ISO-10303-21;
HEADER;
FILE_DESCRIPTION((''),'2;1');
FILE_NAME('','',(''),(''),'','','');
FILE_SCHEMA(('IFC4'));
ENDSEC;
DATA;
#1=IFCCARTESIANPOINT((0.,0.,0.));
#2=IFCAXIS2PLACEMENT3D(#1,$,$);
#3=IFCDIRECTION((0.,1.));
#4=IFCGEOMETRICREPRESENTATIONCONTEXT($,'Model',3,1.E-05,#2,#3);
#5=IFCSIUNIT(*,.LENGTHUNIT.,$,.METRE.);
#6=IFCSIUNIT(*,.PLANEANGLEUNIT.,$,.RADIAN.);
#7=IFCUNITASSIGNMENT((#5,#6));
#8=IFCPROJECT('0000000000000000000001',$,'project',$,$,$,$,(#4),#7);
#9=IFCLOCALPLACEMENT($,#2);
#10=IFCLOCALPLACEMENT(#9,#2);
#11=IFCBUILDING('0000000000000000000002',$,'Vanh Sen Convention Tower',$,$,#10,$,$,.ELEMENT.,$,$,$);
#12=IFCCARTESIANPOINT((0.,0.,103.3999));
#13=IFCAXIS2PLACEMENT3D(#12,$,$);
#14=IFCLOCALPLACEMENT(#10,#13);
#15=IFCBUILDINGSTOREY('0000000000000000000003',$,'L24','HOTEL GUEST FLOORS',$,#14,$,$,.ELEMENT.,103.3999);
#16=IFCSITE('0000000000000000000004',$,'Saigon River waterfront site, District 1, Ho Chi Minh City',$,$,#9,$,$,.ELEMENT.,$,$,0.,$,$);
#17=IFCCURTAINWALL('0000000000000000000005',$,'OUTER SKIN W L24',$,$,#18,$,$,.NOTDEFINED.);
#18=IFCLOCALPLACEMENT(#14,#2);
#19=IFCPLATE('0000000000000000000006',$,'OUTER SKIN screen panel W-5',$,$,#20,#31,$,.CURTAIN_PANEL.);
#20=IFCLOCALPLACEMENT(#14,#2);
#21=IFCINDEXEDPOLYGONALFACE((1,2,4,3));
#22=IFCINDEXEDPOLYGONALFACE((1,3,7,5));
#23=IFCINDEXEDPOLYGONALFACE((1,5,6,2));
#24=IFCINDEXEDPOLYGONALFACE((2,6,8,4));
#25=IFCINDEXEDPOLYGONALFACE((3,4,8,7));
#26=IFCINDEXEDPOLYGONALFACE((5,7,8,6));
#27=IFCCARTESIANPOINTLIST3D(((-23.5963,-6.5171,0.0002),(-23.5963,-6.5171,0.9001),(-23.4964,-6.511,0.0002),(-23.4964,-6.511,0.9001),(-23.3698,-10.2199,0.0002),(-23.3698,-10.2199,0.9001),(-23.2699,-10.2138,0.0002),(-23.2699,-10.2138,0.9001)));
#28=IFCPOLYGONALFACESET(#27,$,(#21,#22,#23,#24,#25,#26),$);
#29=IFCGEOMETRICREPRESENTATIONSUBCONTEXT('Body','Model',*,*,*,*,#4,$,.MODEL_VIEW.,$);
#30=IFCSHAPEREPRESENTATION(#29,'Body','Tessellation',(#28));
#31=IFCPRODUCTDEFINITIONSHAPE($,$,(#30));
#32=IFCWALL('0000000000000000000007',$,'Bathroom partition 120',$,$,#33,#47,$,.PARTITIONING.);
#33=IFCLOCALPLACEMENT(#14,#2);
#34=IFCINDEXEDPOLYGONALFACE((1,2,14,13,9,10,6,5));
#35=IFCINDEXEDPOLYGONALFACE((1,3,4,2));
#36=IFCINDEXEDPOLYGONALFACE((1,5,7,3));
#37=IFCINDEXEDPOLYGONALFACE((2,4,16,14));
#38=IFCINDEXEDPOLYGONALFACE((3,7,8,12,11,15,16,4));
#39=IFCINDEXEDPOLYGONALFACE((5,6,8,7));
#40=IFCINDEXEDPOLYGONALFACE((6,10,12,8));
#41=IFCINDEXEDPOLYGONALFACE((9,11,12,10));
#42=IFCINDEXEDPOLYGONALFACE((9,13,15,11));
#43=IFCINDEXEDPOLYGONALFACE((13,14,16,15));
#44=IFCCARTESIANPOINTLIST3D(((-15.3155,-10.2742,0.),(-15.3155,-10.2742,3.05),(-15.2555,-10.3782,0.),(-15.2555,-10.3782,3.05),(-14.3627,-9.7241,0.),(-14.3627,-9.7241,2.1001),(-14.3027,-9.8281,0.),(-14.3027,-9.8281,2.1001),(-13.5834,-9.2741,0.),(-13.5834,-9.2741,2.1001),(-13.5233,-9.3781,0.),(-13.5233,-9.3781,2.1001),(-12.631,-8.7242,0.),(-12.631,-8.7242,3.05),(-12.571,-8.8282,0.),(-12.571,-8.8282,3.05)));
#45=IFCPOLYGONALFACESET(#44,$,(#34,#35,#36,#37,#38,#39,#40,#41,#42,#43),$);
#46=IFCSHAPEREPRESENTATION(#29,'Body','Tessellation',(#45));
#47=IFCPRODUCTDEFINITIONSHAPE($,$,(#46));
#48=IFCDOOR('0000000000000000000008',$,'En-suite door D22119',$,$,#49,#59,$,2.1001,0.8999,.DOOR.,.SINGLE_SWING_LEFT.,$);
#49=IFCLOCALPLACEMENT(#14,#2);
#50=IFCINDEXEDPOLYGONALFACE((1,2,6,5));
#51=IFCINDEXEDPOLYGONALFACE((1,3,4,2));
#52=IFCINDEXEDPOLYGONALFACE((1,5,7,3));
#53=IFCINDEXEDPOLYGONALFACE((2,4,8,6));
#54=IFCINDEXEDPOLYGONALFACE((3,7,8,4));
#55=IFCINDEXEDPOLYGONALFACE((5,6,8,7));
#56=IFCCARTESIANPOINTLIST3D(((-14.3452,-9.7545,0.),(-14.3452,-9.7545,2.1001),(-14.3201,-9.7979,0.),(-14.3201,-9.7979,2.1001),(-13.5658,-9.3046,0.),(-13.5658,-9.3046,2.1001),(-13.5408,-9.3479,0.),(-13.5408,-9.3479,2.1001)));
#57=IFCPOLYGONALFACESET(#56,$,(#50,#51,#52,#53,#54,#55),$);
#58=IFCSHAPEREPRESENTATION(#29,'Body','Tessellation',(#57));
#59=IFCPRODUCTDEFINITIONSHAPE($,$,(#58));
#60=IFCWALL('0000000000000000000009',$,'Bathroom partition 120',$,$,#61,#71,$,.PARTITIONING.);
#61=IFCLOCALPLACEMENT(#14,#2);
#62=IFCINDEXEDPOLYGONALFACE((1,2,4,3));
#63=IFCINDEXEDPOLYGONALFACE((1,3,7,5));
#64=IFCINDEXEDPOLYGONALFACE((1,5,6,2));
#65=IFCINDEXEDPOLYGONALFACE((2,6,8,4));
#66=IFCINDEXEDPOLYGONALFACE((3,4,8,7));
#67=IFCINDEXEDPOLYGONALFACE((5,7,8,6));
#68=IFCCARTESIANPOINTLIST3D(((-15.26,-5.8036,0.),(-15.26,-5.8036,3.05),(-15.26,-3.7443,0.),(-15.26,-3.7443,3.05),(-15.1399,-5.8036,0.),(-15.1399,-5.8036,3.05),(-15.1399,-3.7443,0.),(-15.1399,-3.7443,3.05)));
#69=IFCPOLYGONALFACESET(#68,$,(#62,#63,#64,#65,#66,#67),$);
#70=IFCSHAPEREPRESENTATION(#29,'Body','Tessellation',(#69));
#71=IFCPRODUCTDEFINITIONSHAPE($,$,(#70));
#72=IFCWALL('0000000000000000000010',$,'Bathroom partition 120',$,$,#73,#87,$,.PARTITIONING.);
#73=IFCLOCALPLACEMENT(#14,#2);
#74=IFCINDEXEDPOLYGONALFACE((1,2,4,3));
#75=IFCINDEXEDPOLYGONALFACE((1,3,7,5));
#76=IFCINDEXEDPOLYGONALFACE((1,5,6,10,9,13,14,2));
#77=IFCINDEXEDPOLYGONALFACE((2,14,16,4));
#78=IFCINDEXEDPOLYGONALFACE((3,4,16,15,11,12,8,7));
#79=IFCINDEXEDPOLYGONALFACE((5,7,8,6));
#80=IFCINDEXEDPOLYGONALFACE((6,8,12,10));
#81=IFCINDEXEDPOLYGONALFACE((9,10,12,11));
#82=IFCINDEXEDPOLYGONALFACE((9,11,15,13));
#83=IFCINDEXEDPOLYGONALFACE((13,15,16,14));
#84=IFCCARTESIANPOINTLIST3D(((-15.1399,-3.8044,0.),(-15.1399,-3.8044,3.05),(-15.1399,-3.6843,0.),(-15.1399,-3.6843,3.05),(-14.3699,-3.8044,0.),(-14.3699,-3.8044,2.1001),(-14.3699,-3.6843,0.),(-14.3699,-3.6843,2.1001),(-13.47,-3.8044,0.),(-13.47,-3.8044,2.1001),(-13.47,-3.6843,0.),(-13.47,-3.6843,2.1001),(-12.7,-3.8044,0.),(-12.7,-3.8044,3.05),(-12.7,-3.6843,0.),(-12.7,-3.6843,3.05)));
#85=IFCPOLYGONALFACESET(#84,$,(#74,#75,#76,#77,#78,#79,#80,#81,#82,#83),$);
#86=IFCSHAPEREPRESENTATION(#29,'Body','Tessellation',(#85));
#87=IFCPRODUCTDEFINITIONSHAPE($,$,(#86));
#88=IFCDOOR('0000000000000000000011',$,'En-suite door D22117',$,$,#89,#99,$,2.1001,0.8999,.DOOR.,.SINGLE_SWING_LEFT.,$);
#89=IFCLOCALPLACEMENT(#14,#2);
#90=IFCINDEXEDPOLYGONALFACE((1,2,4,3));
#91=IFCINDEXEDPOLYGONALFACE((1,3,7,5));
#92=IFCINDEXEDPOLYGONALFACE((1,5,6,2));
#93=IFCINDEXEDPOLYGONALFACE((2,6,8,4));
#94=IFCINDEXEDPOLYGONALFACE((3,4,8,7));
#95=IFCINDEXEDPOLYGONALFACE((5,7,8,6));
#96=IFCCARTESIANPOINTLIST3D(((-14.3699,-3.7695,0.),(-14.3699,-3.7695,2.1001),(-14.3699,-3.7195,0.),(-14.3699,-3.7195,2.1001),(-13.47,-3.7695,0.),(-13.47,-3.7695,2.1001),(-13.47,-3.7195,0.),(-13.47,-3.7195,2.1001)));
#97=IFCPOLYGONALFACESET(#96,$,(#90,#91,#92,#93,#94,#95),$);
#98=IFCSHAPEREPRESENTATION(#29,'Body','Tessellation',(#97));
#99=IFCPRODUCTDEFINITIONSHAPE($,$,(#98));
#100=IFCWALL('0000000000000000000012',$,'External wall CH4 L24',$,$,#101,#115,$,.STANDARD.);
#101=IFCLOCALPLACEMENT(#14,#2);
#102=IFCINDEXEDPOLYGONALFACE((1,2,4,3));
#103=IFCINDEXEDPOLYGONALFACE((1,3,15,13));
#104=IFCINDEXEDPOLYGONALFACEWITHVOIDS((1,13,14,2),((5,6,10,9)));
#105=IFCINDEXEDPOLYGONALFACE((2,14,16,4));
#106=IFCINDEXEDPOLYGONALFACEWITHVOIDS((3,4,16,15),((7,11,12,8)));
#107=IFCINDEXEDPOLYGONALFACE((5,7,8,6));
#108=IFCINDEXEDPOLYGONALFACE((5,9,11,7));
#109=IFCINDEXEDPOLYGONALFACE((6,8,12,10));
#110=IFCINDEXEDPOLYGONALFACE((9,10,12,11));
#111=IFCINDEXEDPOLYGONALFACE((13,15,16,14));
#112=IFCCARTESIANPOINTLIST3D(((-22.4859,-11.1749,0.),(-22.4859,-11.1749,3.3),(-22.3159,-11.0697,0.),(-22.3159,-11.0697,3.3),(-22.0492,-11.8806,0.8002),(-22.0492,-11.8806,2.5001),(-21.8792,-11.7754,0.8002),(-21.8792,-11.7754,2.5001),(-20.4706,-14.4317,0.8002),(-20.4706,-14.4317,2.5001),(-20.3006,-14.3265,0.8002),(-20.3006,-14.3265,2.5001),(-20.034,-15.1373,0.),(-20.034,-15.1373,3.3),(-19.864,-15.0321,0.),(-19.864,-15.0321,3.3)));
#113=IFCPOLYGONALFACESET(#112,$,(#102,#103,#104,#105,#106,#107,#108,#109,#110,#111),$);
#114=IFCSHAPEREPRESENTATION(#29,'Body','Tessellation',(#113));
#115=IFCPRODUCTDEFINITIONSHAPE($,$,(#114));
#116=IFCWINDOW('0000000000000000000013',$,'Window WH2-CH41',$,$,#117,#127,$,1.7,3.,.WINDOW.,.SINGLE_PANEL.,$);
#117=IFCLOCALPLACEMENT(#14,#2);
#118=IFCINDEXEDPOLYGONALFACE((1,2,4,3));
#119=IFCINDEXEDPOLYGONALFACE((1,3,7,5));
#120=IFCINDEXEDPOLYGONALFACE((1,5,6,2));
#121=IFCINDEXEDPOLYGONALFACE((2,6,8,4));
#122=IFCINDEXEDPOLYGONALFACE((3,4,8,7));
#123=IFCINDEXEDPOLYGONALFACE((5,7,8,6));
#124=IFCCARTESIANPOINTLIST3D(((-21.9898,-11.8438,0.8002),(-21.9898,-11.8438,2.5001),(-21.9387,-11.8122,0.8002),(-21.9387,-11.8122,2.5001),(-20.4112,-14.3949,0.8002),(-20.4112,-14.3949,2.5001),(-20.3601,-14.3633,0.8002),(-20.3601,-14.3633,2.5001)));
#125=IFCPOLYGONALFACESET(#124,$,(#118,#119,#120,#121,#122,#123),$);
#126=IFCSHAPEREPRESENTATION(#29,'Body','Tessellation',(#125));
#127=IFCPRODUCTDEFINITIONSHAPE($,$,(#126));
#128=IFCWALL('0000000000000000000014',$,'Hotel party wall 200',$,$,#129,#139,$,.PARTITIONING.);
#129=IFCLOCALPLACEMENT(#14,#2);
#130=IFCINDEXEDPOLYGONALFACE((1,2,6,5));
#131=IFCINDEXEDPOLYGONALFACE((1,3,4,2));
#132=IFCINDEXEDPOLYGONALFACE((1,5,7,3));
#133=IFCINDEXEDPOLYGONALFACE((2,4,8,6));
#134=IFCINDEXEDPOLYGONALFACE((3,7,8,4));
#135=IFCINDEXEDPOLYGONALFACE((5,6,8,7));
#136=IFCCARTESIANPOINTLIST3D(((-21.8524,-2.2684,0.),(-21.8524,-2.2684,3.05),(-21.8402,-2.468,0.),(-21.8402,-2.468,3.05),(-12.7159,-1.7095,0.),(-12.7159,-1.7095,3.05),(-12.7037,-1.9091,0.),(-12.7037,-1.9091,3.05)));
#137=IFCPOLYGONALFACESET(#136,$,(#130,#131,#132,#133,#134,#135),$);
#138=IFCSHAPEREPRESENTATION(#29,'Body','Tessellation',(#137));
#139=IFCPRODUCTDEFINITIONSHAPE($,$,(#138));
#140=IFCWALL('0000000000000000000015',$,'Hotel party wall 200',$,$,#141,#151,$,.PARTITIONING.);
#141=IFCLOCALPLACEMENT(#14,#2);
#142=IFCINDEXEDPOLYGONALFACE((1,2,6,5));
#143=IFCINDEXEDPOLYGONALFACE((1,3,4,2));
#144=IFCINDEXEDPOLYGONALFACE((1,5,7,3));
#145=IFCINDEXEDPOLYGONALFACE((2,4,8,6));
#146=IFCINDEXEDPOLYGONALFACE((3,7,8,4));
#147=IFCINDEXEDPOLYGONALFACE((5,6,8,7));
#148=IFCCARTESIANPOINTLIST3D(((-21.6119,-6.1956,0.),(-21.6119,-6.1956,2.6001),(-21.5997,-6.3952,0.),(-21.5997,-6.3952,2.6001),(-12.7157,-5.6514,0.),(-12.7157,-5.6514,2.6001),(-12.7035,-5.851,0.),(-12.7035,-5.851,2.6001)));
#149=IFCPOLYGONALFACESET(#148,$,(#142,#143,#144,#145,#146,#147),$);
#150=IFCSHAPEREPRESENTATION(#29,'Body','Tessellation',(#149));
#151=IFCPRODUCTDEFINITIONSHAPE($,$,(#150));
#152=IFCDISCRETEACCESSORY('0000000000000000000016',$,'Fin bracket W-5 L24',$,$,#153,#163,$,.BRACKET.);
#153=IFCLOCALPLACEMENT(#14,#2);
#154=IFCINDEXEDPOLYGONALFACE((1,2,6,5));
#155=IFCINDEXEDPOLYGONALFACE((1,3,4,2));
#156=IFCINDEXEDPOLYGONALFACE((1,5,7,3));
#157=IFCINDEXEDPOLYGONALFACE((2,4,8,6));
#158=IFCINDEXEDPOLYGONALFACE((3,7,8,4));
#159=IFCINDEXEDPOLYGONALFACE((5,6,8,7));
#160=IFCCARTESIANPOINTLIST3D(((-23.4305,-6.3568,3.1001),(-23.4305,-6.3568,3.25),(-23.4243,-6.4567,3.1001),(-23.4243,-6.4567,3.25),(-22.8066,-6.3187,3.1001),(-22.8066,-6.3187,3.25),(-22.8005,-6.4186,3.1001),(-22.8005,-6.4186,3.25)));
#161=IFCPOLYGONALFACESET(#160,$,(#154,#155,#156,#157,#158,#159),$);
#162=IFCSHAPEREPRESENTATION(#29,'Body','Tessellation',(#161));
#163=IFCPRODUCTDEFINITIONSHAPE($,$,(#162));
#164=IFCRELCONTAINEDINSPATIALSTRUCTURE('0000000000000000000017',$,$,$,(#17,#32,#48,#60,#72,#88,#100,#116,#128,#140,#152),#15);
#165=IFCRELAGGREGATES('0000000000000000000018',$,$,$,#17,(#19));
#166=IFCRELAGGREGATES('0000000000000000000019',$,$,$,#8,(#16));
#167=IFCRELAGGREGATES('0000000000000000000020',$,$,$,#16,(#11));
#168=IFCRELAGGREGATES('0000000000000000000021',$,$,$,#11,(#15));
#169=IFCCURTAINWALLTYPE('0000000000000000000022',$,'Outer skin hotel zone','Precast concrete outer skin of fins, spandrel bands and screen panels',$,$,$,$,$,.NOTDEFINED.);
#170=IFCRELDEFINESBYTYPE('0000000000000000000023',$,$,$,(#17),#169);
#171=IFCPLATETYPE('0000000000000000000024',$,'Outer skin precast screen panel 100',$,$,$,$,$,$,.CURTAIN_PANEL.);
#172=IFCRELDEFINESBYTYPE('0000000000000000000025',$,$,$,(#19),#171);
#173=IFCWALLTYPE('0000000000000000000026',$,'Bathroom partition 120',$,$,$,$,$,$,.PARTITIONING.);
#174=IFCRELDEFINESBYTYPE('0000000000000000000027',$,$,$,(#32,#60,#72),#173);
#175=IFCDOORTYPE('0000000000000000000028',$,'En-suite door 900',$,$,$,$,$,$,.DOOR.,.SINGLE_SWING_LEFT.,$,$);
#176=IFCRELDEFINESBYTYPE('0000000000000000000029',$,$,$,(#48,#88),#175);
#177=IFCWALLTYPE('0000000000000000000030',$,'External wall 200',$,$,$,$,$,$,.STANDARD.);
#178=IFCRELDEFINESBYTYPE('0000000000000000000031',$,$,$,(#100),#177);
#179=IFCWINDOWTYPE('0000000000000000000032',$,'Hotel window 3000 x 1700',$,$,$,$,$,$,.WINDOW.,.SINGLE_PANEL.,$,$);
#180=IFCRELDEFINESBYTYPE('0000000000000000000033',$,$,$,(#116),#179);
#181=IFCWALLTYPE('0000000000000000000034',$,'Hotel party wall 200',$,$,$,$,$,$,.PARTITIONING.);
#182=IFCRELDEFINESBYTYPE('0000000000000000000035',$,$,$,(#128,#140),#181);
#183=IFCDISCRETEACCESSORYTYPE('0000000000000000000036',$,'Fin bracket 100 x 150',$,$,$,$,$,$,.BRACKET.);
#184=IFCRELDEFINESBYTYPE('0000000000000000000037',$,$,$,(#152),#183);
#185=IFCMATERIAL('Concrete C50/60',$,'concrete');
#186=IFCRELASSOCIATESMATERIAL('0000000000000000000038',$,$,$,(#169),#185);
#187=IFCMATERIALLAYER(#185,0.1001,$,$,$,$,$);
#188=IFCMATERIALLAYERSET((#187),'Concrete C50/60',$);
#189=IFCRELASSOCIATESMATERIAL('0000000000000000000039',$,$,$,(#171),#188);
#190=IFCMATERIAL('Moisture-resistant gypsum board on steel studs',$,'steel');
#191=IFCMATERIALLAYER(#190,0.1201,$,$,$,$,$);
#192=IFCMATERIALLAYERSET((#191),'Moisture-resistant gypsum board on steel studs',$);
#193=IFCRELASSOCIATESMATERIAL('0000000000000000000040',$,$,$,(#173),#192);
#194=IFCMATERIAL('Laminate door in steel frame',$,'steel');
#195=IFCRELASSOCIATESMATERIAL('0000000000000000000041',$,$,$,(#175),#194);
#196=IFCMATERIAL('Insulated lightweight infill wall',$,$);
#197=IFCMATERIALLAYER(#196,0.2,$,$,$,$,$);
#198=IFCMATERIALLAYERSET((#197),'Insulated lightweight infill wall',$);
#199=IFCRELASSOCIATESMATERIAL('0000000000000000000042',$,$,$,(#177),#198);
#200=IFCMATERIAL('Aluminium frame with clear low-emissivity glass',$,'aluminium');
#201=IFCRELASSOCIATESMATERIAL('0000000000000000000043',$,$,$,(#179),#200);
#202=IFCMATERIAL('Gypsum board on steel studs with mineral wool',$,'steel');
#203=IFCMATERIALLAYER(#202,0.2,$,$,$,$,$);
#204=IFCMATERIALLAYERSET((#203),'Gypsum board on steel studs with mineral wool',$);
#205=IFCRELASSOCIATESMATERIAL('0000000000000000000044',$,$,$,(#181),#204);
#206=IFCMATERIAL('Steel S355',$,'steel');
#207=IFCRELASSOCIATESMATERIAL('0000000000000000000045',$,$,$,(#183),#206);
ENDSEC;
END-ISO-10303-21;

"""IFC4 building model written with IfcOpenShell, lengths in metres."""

from ifc_helpers import new_model, si_unit, direction, frame, frame_2d, origin, origin_2d, place, context, subcontext, project, spatial, rectangle, extrude, material, layer, layer_set, type_object, element, fill, aggregate, save


model = new_model("IFC4")

# Units and contexts
model_context = context("Model", 3, precision=1e-05, world=origin(), true_north=direction((0.0, 1.0)))
body_context = subcontext(model_context, "Body", "Model", "MODEL_VIEW")
ifc_project = project(units=[si_unit("LENGTHUNIT", "METRE"), si_unit("PLANEANGLEUNIT", "RADIAN")], contexts=[model_context])

# Site, building, storey
site_placement = place(None, origin())
site = spatial("IfcSite", under=ifc_project, at=site_placement, Name="Saigon River waterfront site, District 1, Ho Chi Minh City", CompositionType="ELEMENT", RefElevation=0.0)
building_placement = place(site_placement, origin())
building = spatial("IfcBuilding", under=site, at=building_placement, Name="Vanh Sen Convention Tower", CompositionType="ELEMENT")
storey_placement = place(building_placement, frame((0.0, 0.0, 103.3999)))
storey = spatial("IfcBuildingStorey", under=building, at=storey_placement, Name="L24", Description="HOTEL GUEST FLOORS", CompositionType="ELEMENT", Elevation=103.3999)

# Curtain wall
ifc_material_1 = material(Name="Concrete C50/60", Category="concrete")
curtain_wall_type = type_object("IfcCurtainWallType", Name="Outer skin hotel zone", Description="Precast concrete outer skin of fins, spandrel bands and screen panels", PredefinedType="NOTDEFINED", material=ifc_material_1)
curtain_wall_1_placement = place(storey_placement, origin())
curtain_wall_1 = element("IfcCurtainWall", 1, at=curtain_wall_1_placement, inside=storey, type_object=curtain_wall_type, Name="OUTER SKIN W L24", PredefinedType="NOTDEFINED")

# Plate
ifc_layer_1 = layer(ifc_material_1, 0.1001)
ifc_layer_set_1 = layer_set([ifc_layer_1], Name="Concrete C50/60")
plate_type = type_object("IfcPlateType", Name="Outer skin precast screen panel 100", PredefinedType="CURTAIN_PANEL", material=ifc_layer_set_1)
plate_1_placement = place(storey_placement, frame((-23.4331, -8.3655, 0.0002), z_axis=(0.0, 0.0, 1.0), x_axis=(0.061047, -0.998135, 0.0)))
plate_1 = element("IfcPlate", 2, at=plate_1_placement, type_object=plate_type, Name="OUTER SKIN screen panel W-5", PredefinedType="CURTAIN_PANEL", context=body_context, shape_type="SweptSolid", body=[
    extrude(rectangle(XDim=3.7097, YDim=0.1001, at=origin_2d()), origin(), (0.0, 0.0, 1.0), 0.8999),
])
aggregate(curtain_wall_1, [plate_1])

# Wall, opening, door
ifc_material_2 = material(Name="Moisture-resistant gypsum board on steel studs", Category="steel")
ifc_layer_2 = layer(ifc_material_2, 0.1201)
ifc_layer_set_2 = layer_set([ifc_layer_2], Name="Moisture-resistant gypsum board on steel studs")
wall_type_1 = type_object("IfcWallType", Name="Bathroom partition 120", PredefinedType="PARTITIONING", material=ifc_layer_set_2)
wall_1_placement = place(storey_placement, frame((-15.2854, -10.3262, 0.0), z_axis=(0.0, 0.0, 1.0), x_axis=(0.86601, 0.500027, 0.0)))
wall_1 = element("IfcWall", 3, at=wall_1_placement, inside=storey, type_object=wall_type_1, Name="Bathroom partition 120", PredefinedType="PARTITIONING", context=body_context, shape_type="SweptSolid", body=[
    extrude(rectangle(XDim=3.0999, YDim=0.1201, at=frame_2d((1.5498, 0.0))), origin(), (0.0, 0.0, 1.0), 3.05),
])
opening_1_placement = place(wall_1_placement, frame((1.1001, 0.0, 0.0)))
opening_1 = element("IfcOpeningElement", 4, at=opening_1_placement, cuts=wall_1, PredefinedType="OPENING", context=body_context, shape_type="SweptSolid", body=[
    extrude(rectangle(XDim=0.8999, YDim=2.1001, at=frame_2d((0.45, 1.05))), frame((0.0, 0.0701, 0.0), z_axis=(0.0, -1.0, 0.0), x_axis=(1.0, 0.0, 0.0)), (0.0, 0.0, 1.0), 0.1401),
])
ifc_material_3 = material(Name="Laminate door in steel frame", Category="steel")
door_type = type_object("IfcDoorType", Name="En-suite door 900", OperationType="SINGLE_SWING_LEFT", PredefinedType="DOOR", material=ifc_material_3)
door_1_placement = place(opening_1_placement, origin())
door_1 = element("IfcDoor", 5, at=door_1_placement, inside=storey, type_object=door_type, Name="En-suite door D22119", OperationType="SINGLE_SWING_LEFT", OverallHeight=2.1001, OverallWidth=0.8999, PredefinedType="DOOR", context=body_context, shape_type="SweptSolid", body=[
    extrude(rectangle(XDim=0.8999, YDim=2.1001, at=frame_2d((0.45, 1.05))), frame((0.0, 0.0249, 0.0), z_axis=(0.0, -1.0, 0.0), x_axis=(1.0, 0.0, 0.0)), (0.0, 0.0, 1.0), 0.05),
])
fill(opening_1, door_1)

# Wall
wall_2_placement = place(storey_placement, frame((-15.2, -5.8037, 0.0), z_axis=(0.0, 0.0, 1.0), x_axis=(0.0, 1.0, 0.0)))
element("IfcWall", 6, at=wall_2_placement, inside=storey, type_object=wall_type_1, Name="Bathroom partition 120", PredefinedType="PARTITIONING", context=body_context, shape_type="SweptSolid", body=[
    extrude(rectangle(XDim=2.0593, YDim=0.1201, at=frame_2d((1.0298, 0.0))), origin(), (0.0, 0.0, 1.0), 3.05),
])

# Wall, opening, door
wall_3_placement = place(storey_placement, frame((-15.1399, -3.7444, 0.0), z_axis=(0.0, 0.0, 1.0), x_axis=(1.0, 0.0, 0.0)))
wall_3 = element("IfcWall", 7, at=wall_3_placement, inside=storey, type_object=wall_type_1, Name="Bathroom partition 120", PredefinedType="PARTITIONING", context=body_context, shape_type="SweptSolid", body=[
    extrude(rectangle(XDim=2.4399, YDim=0.1201, at=frame_2d((1.22, 0.0))), origin(), (0.0, 0.0, 1.0), 3.05),
])
opening_2_placement = place(wall_3_placement, frame((0.77, 0.0, 0.0)))
opening_2 = element("IfcOpeningElement", 8, at=opening_2_placement, cuts=wall_3, PredefinedType="OPENING", context=body_context, shape_type="SweptSolid", body=[
    extrude(rectangle(XDim=0.8999, YDim=2.1001, at=frame_2d((0.45, 1.05))), frame((0.0, 0.0701, 0.0), z_axis=(0.0, -1.0, 0.0), x_axis=(1.0, 0.0, 0.0)), (0.0, 0.0, 1.0), 0.1401),
])
door_2_placement = place(opening_2_placement, origin())
door_2 = element("IfcDoor", 9, at=door_2_placement, inside=storey, type_object=door_type, Name="En-suite door D22117", OperationType="SINGLE_SWING_LEFT", OverallHeight=2.1001, OverallWidth=0.8999, PredefinedType="DOOR", context=body_context, shape_type="SweptSolid", body=[
    extrude(rectangle(XDim=0.8999, YDim=2.1001, at=frame_2d((0.45, 1.05))), frame((0.0, 0.0249, 0.0), z_axis=(0.0, -1.0, 0.0), x_axis=(1.0, 0.0, 0.0)), (0.0, 0.0, 1.0), 0.05),
])
fill(opening_2, door_2)

# Wall, opening, window
ifc_material_4 = material(Name="Insulated lightweight infill wall")
ifc_layer_3 = layer(ifc_material_4, 0.2)
ifc_layer_set_3 = layer_set([ifc_layer_3], Name="Insulated lightweight infill wall")
wall_type_2 = type_object("IfcWallType", Name="External wall 200", PredefinedType="STANDARD", material=ifc_layer_set_3)
wall_4_placement = place(storey_placement, frame((-22.4009, -11.1223, 0.0), z_axis=(0.0, 0.0, 1.0), x_axis=(0.526198, -0.850362, 0.0)))
wall_4 = element("IfcWall", 10, at=wall_4_placement, inside=storey, type_object=wall_type_2, Name="External wall CH4 L24", PredefinedType="STANDARD", context=body_context, shape_type="SweptSolid", body=[
    extrude(rectangle(XDim=4.6597, YDim=0.2, at=frame_2d((2.3298, 0.0))), origin(), (0.0, 0.0, 1.0), 3.3),
])
opening_3_placement = place(wall_4_placement, frame((0.8298, 0.0, 0.8)))
opening_3 = element("IfcOpeningElement", 11, at=opening_3_placement, cuts=wall_4, PredefinedType="OPENING", context=body_context, shape_type="SweptSolid", body=[
    extrude(rectangle(XDim=3.0, YDim=1.7, at=frame_2d((1.5, 0.8501))), frame((0.0, 0.1099, 0.0), z_axis=(0.0, -1.0, 0.0), x_axis=(1.0, 0.0, 0.0)), (0.0, 0.0, 1.0), 0.22),
])
ifc_material_5 = material(Name="Aluminium frame with clear low-emissivity glass", Category="aluminium")
window_type = type_object("IfcWindowType", Name="Hotel window 3000 x 1700", PartitioningType="SINGLE_PANEL", PredefinedType="WINDOW", material=ifc_material_5)
window_placement = place(opening_3_placement, origin())
window = element("IfcWindow", 12, at=window_placement, inside=storey, type_object=window_type, Name="Window WH2-CH41", OverallHeight=1.7, OverallWidth=3.0, PartitioningType="SINGLE_PANEL", PredefinedType="WINDOW", context=body_context, shape_type="SweptSolid", body=[
    extrude(rectangle(XDim=3.0, YDim=1.7, at=frame_2d((1.5, 0.8501))), frame((0.0, 0.03, 0.0), z_axis=(0.0, -1.0, 0.0), x_axis=(1.0, 0.0, 0.0)), (0.0, 0.0, 1.0), 0.0601),
])
fill(opening_3, window)

# Walls
ifc_material_6 = material(Name="Gypsum board on steel studs with mineral wool", Category="steel")
ifc_layer_4 = layer(ifc_material_6, 0.2)
ifc_layer_set_4 = layer_set([ifc_layer_4], Name="Gypsum board on steel studs with mineral wool")
wall_type_3 = type_object("IfcWallType", Name="Hotel party wall 200", PredefinedType="PARTITIONING", material=ifc_layer_set_4)
wall_5_placement = place(storey_placement, frame((-21.8462, -2.3682, 0.0), z_axis=(0.0, 0.0, 1.0), x_axis=(0.998135, 0.061051, 0.0)))
element("IfcWall", 13, at=wall_5_placement, inside=storey, type_object=wall_type_3, Name="Hotel party wall 200", PredefinedType="PARTITIONING", context=body_context, shape_type="SweptSolid", body=[
    extrude(rectangle(XDim=9.1536, YDim=0.2, at=frame_2d((4.5767, 0.0))), origin(), (0.0, 0.0, 1.0), 3.05),
])
wall_6_placement = place(storey_placement, frame((-21.606, -6.2954, 0.0), z_axis=(0.0, 0.0, 1.0), x_axis=(0.998134, 0.061057, 0.0)))
element("IfcWall", 14, at=wall_6_placement, inside=storey, type_object=wall_type_3, Name="Hotel party wall 200", PredefinedType="PARTITIONING", context=body_context, shape_type="SweptSolid", body=[
    extrude(rectangle(XDim=8.9128, YDim=0.2, at=frame_2d((4.4565, 0.0))), origin(), (0.0, 0.0, 1.0), 2.6001),
])

# Discrete accessory
ifc_material_7 = material(Name="Steel S355", Category="steel")
discrete_accessory_type = type_object("IfcDiscreteAccessoryType", Name="Fin bracket 100 x 150", PredefinedType="BRACKET", material=ifc_material_7)
discrete_accessory_placement = place(storey_placement, frame((-23.1155, -6.3877, 3.1001), z_axis=(0.0, 0.0, 1.0), x_axis=(-0.998135, -0.061049, 0.0)))
element("IfcDiscreteAccessory", 15, at=discrete_accessory_placement, inside=storey, type_object=discrete_accessory_type, Name="Fin bracket W-5 L24", PredefinedType="BRACKET", context=body_context, shape_type="SweptSolid", body=[
    extrude(rectangle(XDim=0.625, YDim=0.1001, at=origin_2d()), origin(), (0.0, 0.0, 1.0), 0.1499),
])

save(model, "model.ifc")
